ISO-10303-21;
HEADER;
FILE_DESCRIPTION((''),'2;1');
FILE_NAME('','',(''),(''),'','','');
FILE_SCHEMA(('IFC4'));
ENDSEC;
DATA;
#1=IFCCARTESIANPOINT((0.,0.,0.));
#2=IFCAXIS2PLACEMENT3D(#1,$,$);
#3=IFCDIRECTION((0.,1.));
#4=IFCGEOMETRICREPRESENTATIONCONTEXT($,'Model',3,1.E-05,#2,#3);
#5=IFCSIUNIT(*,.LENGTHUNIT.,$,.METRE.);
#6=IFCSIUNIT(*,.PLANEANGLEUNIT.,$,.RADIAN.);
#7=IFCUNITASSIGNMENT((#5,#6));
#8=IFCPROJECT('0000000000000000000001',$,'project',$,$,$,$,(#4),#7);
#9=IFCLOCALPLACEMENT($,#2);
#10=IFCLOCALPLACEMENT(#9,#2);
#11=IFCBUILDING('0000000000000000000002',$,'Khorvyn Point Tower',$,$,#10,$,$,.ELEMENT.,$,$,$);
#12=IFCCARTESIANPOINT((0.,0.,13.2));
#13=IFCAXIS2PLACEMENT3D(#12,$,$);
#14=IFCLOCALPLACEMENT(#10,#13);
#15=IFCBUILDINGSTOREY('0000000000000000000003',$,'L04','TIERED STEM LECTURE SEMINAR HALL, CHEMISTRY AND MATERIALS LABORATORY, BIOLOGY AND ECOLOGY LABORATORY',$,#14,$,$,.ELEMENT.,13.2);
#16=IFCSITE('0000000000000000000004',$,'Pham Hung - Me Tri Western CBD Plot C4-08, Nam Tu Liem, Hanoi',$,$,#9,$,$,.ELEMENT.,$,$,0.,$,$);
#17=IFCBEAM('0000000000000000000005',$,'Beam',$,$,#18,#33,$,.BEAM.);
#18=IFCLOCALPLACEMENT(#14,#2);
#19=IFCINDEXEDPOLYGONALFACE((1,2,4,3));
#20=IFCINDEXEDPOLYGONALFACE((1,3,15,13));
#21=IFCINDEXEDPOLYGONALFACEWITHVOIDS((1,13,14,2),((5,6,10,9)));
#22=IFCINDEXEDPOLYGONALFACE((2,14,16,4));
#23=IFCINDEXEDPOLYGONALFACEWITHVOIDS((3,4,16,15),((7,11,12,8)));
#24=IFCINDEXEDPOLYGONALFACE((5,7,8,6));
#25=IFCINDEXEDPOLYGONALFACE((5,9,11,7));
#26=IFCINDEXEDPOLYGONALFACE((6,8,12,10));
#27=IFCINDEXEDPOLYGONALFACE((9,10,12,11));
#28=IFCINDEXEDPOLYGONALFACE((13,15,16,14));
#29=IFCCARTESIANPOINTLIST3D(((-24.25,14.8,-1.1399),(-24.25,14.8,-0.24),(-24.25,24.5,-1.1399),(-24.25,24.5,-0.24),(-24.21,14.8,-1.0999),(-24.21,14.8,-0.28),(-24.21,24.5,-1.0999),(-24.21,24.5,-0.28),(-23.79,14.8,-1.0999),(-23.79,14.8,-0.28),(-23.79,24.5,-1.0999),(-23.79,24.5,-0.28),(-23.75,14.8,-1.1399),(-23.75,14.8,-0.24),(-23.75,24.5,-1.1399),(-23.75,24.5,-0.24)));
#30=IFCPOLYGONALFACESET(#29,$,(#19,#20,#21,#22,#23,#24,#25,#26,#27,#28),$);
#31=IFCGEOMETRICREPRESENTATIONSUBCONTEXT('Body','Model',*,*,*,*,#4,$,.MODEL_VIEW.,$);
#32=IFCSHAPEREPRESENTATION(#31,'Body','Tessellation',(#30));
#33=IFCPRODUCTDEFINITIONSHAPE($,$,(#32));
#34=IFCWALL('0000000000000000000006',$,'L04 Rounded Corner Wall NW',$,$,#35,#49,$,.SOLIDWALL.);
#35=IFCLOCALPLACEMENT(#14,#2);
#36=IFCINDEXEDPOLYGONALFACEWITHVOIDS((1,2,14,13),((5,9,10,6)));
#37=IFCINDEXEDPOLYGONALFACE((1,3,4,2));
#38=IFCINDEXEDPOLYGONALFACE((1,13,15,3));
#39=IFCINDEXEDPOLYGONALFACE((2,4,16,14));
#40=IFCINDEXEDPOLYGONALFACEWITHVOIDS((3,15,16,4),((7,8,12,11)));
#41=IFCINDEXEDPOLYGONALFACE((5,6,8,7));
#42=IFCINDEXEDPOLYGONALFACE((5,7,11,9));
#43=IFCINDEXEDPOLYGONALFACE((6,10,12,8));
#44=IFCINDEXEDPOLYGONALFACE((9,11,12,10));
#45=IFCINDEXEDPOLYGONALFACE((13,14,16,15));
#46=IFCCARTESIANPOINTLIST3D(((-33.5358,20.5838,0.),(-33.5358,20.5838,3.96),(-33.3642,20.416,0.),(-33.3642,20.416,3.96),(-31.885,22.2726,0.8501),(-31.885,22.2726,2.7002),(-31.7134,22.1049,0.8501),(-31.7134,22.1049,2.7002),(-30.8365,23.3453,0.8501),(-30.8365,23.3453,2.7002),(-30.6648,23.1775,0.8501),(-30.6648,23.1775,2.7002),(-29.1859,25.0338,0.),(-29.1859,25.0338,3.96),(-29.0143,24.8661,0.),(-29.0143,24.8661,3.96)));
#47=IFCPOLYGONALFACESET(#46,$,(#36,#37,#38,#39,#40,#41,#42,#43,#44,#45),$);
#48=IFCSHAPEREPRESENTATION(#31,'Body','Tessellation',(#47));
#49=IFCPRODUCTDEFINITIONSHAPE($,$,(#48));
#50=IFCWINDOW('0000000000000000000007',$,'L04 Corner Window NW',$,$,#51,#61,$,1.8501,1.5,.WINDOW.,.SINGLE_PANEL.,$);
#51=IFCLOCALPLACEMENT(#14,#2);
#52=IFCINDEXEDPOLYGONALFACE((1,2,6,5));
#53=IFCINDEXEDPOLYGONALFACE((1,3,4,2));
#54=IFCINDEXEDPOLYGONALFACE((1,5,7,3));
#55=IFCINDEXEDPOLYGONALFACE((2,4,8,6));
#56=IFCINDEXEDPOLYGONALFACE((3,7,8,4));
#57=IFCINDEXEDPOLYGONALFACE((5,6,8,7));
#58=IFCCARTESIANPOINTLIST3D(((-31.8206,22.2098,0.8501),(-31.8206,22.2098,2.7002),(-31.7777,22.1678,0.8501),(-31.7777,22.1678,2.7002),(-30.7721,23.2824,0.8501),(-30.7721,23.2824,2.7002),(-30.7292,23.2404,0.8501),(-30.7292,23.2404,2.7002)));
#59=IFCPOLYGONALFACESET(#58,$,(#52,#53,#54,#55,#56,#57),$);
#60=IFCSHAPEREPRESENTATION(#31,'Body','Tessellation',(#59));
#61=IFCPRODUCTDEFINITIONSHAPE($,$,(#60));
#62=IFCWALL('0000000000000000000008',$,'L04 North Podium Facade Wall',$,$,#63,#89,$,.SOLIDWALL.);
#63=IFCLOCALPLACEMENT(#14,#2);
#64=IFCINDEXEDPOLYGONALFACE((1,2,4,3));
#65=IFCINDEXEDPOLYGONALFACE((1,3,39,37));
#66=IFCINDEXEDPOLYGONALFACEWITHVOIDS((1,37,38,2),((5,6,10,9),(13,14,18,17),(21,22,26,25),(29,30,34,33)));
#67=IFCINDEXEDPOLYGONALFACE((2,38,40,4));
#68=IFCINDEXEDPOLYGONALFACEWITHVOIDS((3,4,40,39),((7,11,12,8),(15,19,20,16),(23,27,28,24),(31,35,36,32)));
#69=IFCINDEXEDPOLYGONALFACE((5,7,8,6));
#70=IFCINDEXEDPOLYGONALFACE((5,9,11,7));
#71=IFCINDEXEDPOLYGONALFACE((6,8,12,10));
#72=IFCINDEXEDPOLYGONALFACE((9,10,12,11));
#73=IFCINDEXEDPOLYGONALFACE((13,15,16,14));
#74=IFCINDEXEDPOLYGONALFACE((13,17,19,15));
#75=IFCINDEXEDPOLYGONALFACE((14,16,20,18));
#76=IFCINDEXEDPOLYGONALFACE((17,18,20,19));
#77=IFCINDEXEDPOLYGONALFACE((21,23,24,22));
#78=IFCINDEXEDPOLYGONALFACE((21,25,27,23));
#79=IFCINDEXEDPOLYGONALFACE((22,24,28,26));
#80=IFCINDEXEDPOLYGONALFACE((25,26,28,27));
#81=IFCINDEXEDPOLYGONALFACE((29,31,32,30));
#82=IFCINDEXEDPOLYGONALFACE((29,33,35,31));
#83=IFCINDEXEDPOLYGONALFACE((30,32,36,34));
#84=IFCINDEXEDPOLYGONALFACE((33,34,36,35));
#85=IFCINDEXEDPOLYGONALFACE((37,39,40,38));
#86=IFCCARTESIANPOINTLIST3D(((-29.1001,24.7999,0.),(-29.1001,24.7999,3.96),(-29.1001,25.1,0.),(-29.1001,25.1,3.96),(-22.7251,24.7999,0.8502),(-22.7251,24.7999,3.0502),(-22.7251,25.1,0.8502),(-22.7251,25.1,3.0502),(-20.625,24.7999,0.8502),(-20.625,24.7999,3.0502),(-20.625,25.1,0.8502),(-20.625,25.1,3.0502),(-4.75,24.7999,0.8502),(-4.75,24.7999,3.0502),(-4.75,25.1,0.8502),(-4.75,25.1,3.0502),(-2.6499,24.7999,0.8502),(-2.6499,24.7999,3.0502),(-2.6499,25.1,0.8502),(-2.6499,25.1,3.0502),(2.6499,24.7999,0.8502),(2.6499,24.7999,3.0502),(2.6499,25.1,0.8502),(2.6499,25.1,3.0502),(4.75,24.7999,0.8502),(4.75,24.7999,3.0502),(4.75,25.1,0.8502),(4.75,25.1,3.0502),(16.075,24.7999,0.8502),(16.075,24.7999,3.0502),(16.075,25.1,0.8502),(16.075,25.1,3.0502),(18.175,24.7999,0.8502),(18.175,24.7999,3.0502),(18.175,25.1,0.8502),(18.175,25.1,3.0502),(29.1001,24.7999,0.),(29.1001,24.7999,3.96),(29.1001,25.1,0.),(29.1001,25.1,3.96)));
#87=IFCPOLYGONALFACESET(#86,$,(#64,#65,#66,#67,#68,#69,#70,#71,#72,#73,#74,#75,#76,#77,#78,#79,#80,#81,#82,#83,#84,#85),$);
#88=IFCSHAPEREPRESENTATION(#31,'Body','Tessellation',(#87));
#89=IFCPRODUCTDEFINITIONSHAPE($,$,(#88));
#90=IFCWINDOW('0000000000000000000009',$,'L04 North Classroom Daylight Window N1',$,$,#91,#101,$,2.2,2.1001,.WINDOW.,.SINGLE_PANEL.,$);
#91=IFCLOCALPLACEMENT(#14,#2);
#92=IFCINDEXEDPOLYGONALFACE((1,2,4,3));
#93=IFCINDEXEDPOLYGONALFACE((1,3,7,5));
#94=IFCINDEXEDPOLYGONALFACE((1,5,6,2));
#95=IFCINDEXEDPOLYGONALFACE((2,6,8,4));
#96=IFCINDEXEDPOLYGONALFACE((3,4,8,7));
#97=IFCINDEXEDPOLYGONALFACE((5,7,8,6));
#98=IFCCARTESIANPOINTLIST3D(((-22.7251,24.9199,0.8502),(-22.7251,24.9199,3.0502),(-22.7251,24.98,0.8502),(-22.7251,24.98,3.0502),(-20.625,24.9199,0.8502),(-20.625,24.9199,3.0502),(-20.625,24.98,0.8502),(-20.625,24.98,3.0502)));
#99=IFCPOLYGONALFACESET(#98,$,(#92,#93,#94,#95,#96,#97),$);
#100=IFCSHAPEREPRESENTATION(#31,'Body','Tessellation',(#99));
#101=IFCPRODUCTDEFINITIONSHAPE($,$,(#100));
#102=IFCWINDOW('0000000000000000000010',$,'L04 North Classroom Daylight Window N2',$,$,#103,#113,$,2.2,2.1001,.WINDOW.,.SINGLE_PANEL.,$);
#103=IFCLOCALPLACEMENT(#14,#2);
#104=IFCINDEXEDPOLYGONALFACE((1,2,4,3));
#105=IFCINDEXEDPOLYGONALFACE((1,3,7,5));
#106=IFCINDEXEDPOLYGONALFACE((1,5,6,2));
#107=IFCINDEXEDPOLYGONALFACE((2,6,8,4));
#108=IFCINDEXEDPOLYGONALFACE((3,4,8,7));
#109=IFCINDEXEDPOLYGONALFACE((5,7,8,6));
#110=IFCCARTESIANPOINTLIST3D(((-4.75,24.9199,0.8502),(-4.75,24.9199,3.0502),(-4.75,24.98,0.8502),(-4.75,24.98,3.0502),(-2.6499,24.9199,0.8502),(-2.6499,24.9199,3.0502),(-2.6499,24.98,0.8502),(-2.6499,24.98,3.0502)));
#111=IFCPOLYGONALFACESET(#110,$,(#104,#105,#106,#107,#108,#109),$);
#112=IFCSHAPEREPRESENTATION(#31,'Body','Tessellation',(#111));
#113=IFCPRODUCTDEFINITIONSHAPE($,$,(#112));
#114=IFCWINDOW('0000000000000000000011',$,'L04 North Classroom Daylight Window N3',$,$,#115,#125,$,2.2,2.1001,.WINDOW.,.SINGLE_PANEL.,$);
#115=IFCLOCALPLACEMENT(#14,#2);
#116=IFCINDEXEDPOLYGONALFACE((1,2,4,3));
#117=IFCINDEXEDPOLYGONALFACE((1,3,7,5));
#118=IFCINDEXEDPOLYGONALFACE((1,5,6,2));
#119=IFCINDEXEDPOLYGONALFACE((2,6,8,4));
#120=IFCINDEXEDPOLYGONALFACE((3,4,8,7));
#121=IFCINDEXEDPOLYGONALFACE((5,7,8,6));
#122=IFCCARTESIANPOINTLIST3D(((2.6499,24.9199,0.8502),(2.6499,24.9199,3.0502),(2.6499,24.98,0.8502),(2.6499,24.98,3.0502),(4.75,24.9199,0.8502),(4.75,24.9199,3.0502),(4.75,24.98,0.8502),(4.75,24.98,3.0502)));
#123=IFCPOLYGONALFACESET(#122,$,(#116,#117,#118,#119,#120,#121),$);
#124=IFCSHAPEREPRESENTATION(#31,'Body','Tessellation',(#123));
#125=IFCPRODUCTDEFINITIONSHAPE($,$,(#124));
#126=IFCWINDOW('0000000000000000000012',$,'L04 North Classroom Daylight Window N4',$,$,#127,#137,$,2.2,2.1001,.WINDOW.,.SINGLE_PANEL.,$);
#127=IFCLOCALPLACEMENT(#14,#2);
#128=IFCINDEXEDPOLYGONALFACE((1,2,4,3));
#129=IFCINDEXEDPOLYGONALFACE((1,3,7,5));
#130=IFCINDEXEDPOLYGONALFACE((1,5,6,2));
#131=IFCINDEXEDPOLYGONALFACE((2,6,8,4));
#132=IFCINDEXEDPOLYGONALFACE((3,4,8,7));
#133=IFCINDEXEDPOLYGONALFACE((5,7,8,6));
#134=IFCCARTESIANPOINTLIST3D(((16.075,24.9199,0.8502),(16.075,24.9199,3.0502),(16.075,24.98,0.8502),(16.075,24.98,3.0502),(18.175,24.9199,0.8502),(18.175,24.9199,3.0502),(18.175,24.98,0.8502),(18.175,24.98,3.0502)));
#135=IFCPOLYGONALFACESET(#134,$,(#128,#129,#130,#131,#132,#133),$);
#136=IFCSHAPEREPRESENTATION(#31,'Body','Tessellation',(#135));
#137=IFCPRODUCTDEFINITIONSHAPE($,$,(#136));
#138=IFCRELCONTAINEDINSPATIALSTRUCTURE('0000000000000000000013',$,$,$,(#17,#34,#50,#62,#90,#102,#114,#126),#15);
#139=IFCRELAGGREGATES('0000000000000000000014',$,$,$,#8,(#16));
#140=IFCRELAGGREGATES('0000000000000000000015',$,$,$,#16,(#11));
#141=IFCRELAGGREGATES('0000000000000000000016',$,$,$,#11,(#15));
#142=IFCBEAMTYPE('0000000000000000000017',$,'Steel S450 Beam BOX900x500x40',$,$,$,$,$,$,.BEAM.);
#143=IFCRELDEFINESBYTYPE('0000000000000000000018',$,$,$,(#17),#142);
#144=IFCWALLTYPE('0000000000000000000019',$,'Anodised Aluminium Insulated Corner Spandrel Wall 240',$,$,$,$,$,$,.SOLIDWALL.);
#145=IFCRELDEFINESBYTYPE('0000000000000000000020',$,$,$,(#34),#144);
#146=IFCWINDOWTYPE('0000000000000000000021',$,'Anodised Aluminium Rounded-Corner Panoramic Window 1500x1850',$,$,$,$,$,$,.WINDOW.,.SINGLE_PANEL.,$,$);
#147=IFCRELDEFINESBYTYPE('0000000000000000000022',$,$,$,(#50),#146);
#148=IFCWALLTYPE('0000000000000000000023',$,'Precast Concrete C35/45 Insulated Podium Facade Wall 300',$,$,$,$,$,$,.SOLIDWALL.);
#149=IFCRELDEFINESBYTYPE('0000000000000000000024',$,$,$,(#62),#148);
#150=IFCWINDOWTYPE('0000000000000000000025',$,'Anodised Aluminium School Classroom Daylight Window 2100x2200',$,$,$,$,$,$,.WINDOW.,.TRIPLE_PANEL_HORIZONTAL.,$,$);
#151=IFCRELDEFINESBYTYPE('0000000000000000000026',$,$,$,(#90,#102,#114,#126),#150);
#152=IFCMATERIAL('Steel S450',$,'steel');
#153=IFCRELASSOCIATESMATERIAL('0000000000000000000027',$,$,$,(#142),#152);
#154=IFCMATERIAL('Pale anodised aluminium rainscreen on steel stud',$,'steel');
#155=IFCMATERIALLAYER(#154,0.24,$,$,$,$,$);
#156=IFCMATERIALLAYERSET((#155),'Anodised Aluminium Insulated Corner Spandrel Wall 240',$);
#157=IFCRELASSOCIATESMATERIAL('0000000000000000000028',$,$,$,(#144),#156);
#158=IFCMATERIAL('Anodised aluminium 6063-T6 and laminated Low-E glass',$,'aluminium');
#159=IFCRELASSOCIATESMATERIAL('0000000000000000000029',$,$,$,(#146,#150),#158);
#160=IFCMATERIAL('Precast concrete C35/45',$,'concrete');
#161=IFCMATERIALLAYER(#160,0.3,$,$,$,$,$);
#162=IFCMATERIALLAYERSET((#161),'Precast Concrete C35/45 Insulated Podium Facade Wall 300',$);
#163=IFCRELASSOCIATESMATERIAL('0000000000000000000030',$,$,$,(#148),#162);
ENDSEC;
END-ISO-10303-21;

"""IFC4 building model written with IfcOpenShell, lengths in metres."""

from ifc_helpers import new_model, si_unit, direction, frame, frame_2d, origin, origin_2d, place, context, subcontext, project, spatial, rectangle, hollow_rectangle, extrude, material, layer, layer_set, material_profile, profile_set, type_object, element, fill, save


model = new_model("IFC4")

# Units and contexts
model_context = context("Model", 3, precision=1e-05, world=origin(), true_north=direction((0.0, 1.0)))
body_context = subcontext(model_context, "Body", "Model", "MODEL_VIEW")
ifc_project = project(units=[si_unit("LENGTHUNIT", "METRE"), si_unit("PLANEANGLEUNIT", "RADIAN")], contexts=[model_context])

# Site, building, storey
site_placement = place(None, origin())
site = spatial("IfcSite", under=ifc_project, at=site_placement, Name="Pham Hung - Me Tri Western CBD Plot C4-08, Nam Tu Liem, Hanoi", CompositionType="ELEMENT", RefElevation=0.0)
building_placement = place(site_placement, origin())
building = spatial("IfcBuilding", under=site, at=building_placement, Name="Khorvyn Point Tower", CompositionType="ELEMENT")
storey_placement = place(building_placement, frame((0.0, 0.0, 13.2)))
storey = spatial("IfcBuildingStorey", under=building, at=storey_placement, Name="L04", Description="TIERED STEM LECTURE SEMINAR HALL, CHEMISTRY AND MATERIALS LABORATORY, BIOLOGY AND ECOLOGY LABORATORY", CompositionType="ELEMENT", Elevation=13.2)

# Beam
ifc_material_1 = material(Name="Steel S450", Category="steel")
ifc_material_profile_1 = material_profile(ifc_material_1, hollow_rectangle(XDim=0.5, YDim=0.8999, WallThickness=0.04, at=origin_2d()))
ifc_profile_set_1 = profile_set([ifc_material_profile_1], Name="Steel S450 BOX900x500x40")
beam_type_1 = type_object("IfcBeamType", Name="Steel S450 Beam BOX900x500x40", PredefinedType="BEAM", material=ifc_profile_set_1)
beam_1_placement = place(storey_placement, frame((-24.0, 14.8, -0.6899), z_axis=(0.0, 1.0, 0.0), x_axis=(-1.0, 0.0, 0.0)))
element("IfcBeam", 1, at=beam_1_placement, inside=storey, type_object=beam_type_1, Name="Beam", PredefinedType="BEAM", context=body_context, shape_type="SweptSolid", body=[
    extrude(hollow_rectangle(XDim=0.5, YDim=0.8999, WallThickness=0.04, at=origin_2d()), origin(), (0.0, 0.0, 1.0), 9.7),
])

# Wall, opening, window
ifc_material_2 = material(Name="Pale anodised aluminium rainscreen on steel stud", Category="steel")
ifc_layer_1 = layer(ifc_material_2, 0.24)
ifc_layer_set_1 = layer_set([ifc_layer_1], Name="Anodised Aluminium Insulated Corner Spandrel Wall 240")
wall_type_1 = type_object("IfcWallType", Name="Anodised Aluminium Insulated Corner Spandrel Wall 240", PredefinedType="SOLIDWALL", material=ifc_layer_set_1)
wall_1_placement = place(storey_placement, frame((-33.45, 20.5, 0.0), z_axis=(0.0, 0.0, 1.0), x_axis=(0.699018, 0.715104, 0.0)))
wall_1 = element("IfcWall", 2, at=wall_1_placement, inside=storey, type_object=wall_type_1, Name="L04 Rounded Corner Wall NW", PredefinedType="SOLIDWALL", context=body_context, shape_type="SweptSolid", body=[
    extrude(rectangle(XDim=6.2229, YDim=0.24, at=frame_2d((3.1113, 0.0))), origin(), (0.0, 0.0, 1.0), 3.96),
])
opening_1_placement = place(wall_1_placement, frame((2.3616, 0.0, 0.8501)))
opening_1 = element("IfcOpeningElement", 3, at=opening_1_placement, cuts=wall_1, PredefinedType="OPENING", context=body_context, shape_type="SweptSolid", body=[
    extrude(rectangle(XDim=1.5, YDim=1.8501, at=frame_2d((0.75, 0.925))), frame((0.0, 0.1299, 0.0), z_axis=(0.0, -1.0, 0.0), x_axis=(1.0, 0.0, 0.0)), (0.0, 0.0, 1.0), 0.26),
])
ifc_material_3 = material(Name="Anodised aluminium 6063-T6 and laminated Low-E glass", Category="aluminium")
window_type_1 = type_object("IfcWindowType", Name="Anodised Aluminium Rounded-Corner Panoramic Window 1500x1850", PartitioningType="SINGLE_PANEL", PredefinedType="WINDOW", material=ifc_material_3)
window_1_placement = place(opening_1_placement, origin())
window_1 = element("IfcWindow", 4, at=window_1_placement, inside=storey, type_object=window_type_1, Name="L04 Corner Window NW", OverallHeight=1.8501, OverallWidth=1.5, PartitioningType="SINGLE_PANEL", PredefinedType="WINDOW", context=body_context, shape_type="SweptSolid", body=[
    extrude(rectangle(XDim=1.5, YDim=1.8501, at=frame_2d((0.75, 0.925))), frame((0.0, 0.03, 0.0), z_axis=(0.0, -1.0, 0.0), x_axis=(1.0, 0.0, 0.0)), (0.0, 0.0, 1.0), 0.0601),
])
fill(opening_1, window_1)

# Wall, openings, windows
ifc_material_4 = material(Name="Precast concrete C35/45", Category="concrete")
ifc_layer_2 = layer(ifc_material_4, 0.3)
ifc_layer_set_2 = layer_set([ifc_layer_2], Name="Precast Concrete C35/45 Insulated Podium Facade Wall 300")
wall_type_2 = type_object("IfcWallType", Name="Precast Concrete C35/45 Insulated Podium Facade Wall 300", PredefinedType="SOLIDWALL", material=ifc_layer_set_2)
wall_2_placement = place(storey_placement, frame((-29.1001, 24.95, 0.0), z_axis=(0.0, 0.0, 1.0), x_axis=(1.0, 0.0, 0.0)))
wall_2 = element("IfcWall", 5, at=wall_2_placement, inside=storey, type_object=wall_type_2, Name="L04 North Podium Facade Wall", PredefinedType="SOLIDWALL", context=body_context, shape_type="SweptSolid", body=[
    extrude(rectangle(XDim=58.2002, YDim=0.3, at=frame_2d((29.1001, 0.0))), origin(), (0.0, 0.0, 1.0), 3.96),
])
opening_2_placement = place(wall_2_placement, frame((6.375, 0.0, 0.8501)))
opening_2 = element("IfcOpeningElement", 6, at=opening_2_placement, cuts=wall_2, PredefinedType="OPENING", context=body_context, shape_type="SweptSolid", body=[
    extrude(rectangle(XDim=2.1001, YDim=2.2, at=frame_2d((1.05, 1.1001))), frame((0.0, 0.1599, 0.0), z_axis=(0.0, -1.0, 0.0), x_axis=(1.0, 0.0, 0.0)), (0.0, 0.0, 1.0), 0.3201),
])
opening_3_placement = place(wall_2_placement, frame((24.3501, 0.0, 0.8501)))
opening_3 = element("IfcOpeningElement", 7, at=opening_3_placement, cuts=wall_2, PredefinedType="OPENING", context=body_context, shape_type="SweptSolid", body=[
    extrude(rectangle(XDim=2.1001, YDim=2.2, at=frame_2d((1.05, 1.1001))), frame((0.0, 0.1599, 0.0), z_axis=(0.0, -1.0, 0.0), x_axis=(1.0, 0.0, 0.0)), (0.0, 0.0, 1.0), 0.3201),
])
opening_4_placement = place(wall_2_placement, frame((31.75, 0.0, 0.8501)))
opening_4 = element("IfcOpeningElement", 8, at=opening_4_placement, cuts=wall_2, PredefinedType="OPENING", context=body_context, shape_type="SweptSolid", body=[
    extrude(rectangle(XDim=2.1001, YDim=2.2, at=frame_2d((1.05, 1.1001))), frame((0.0, 0.1599, 0.0), z_axis=(0.0, -1.0, 0.0), x_axis=(1.0, 0.0, 0.0)), (0.0, 0.0, 1.0), 0.3201),
])
opening_5_placement = place(wall_2_placement, frame((45.175, 0.0, 0.8501)))
opening_5 = element("IfcOpeningElement", 9, at=opening_5_placement, cuts=wall_2, PredefinedType="OPENING", context=body_context, shape_type="SweptSolid", body=[
    extrude(rectangle(XDim=2.1001, YDim=2.2, at=frame_2d((1.05, 1.1001))), frame((0.0, 0.1599, 0.0), z_axis=(0.0, -1.0, 0.0), x_axis=(1.0, 0.0, 0.0)), (0.0, 0.0, 1.0), 0.3201),
])
window_type_2 = type_object("IfcWindowType", Name="Anodised Aluminium School Classroom Daylight Window 2100x2200", PartitioningType="TRIPLE_PANEL_HORIZONTAL", PredefinedType="WINDOW", material=ifc_material_3)
window_2_placement = place(opening_2_placement, origin())
window_2 = element("IfcWindow", 10, at=window_2_placement, inside=storey, type_object=window_type_2, Name="L04 North Classroom Daylight Window N1", OverallHeight=2.2, OverallWidth=2.1001, PartitioningType="SINGLE_PANEL", PredefinedType="WINDOW", context=body_context, shape_type="SweptSolid", body=[
    extrude(rectangle(XDim=2.1001, YDim=2.2, at=frame_2d((1.05, 1.1001))), frame((0.0, 0.03, 0.0), z_axis=(0.0, -1.0, 0.0), x_axis=(1.0, 0.0, 0.0)), (0.0, 0.0, 1.0), 0.0601),
])
fill(opening_2, window_2)
window_3_placement = place(opening_3_placement, origin())
window_3 = element("IfcWindow", 11, at=window_3_placement, inside=storey, type_object=window_type_2, Name="L04 North Classroom Daylight Window N2", OverallHeight=2.2, OverallWidth=2.1001, PartitioningType="SINGLE_PANEL", PredefinedType="WINDOW", context=body_context, shape_type="SweptSolid", body=[
    extrude(rectangle(XDim=2.1001, YDim=2.2, at=frame_2d((1.05, 1.1001))), frame((0.0, 0.03, 0.0), z_axis=(0.0, -1.0, 0.0), x_axis=(1.0, 0.0, 0.0)), (0.0, 0.0, 1.0), 0.0601),
])
fill(opening_3, window_3)
window_4_placement = place(opening_4_placement, origin())
window_4 = element("IfcWindow", 12, at=window_4_placement, inside=storey, type_object=window_type_2, Name="L04 North Classroom Daylight Window N3", OverallHeight=2.2, OverallWidth=2.1001, PartitioningType="SINGLE_PANEL", PredefinedType="WINDOW", context=body_context, shape_type="SweptSolid", body=[
    extrude(rectangle(XDim=2.1001, YDim=2.2, at=frame_2d((1.05, 1.1001))), frame((0.0, 0.03, 0.0), z_axis=(0.0, -1.0, 0.0), x_axis=(1.0, 0.0, 0.0)), (0.0, 0.0, 1.0), 0.0601),
])
fill(opening_4, window_4)
window_5_placement = place(opening_5_placement, origin())
window_5 = element("IfcWindow", 13, at=window_5_placement, inside=storey, type_object=window_type_2, Name="L04 North Classroom Daylight Window N4", OverallHeight=2.2, OverallWidth=2.1001, PartitioningType="SINGLE_PANEL", PredefinedType="WINDOW", context=body_context, shape_type="SweptSolid", body=[
    extrude(rectangle(XDim=2.1001, YDim=2.2, at=frame_2d((1.05, 1.1001))), frame((0.0, 0.03, 0.0), z_axis=(0.0, -1.0, 0.0), x_axis=(1.0, 0.0, 0.0)), (0.0, 0.0, 1.0), 0.0601),
])
fill(opening_5, window_5)

save(model, "model.ifc")
